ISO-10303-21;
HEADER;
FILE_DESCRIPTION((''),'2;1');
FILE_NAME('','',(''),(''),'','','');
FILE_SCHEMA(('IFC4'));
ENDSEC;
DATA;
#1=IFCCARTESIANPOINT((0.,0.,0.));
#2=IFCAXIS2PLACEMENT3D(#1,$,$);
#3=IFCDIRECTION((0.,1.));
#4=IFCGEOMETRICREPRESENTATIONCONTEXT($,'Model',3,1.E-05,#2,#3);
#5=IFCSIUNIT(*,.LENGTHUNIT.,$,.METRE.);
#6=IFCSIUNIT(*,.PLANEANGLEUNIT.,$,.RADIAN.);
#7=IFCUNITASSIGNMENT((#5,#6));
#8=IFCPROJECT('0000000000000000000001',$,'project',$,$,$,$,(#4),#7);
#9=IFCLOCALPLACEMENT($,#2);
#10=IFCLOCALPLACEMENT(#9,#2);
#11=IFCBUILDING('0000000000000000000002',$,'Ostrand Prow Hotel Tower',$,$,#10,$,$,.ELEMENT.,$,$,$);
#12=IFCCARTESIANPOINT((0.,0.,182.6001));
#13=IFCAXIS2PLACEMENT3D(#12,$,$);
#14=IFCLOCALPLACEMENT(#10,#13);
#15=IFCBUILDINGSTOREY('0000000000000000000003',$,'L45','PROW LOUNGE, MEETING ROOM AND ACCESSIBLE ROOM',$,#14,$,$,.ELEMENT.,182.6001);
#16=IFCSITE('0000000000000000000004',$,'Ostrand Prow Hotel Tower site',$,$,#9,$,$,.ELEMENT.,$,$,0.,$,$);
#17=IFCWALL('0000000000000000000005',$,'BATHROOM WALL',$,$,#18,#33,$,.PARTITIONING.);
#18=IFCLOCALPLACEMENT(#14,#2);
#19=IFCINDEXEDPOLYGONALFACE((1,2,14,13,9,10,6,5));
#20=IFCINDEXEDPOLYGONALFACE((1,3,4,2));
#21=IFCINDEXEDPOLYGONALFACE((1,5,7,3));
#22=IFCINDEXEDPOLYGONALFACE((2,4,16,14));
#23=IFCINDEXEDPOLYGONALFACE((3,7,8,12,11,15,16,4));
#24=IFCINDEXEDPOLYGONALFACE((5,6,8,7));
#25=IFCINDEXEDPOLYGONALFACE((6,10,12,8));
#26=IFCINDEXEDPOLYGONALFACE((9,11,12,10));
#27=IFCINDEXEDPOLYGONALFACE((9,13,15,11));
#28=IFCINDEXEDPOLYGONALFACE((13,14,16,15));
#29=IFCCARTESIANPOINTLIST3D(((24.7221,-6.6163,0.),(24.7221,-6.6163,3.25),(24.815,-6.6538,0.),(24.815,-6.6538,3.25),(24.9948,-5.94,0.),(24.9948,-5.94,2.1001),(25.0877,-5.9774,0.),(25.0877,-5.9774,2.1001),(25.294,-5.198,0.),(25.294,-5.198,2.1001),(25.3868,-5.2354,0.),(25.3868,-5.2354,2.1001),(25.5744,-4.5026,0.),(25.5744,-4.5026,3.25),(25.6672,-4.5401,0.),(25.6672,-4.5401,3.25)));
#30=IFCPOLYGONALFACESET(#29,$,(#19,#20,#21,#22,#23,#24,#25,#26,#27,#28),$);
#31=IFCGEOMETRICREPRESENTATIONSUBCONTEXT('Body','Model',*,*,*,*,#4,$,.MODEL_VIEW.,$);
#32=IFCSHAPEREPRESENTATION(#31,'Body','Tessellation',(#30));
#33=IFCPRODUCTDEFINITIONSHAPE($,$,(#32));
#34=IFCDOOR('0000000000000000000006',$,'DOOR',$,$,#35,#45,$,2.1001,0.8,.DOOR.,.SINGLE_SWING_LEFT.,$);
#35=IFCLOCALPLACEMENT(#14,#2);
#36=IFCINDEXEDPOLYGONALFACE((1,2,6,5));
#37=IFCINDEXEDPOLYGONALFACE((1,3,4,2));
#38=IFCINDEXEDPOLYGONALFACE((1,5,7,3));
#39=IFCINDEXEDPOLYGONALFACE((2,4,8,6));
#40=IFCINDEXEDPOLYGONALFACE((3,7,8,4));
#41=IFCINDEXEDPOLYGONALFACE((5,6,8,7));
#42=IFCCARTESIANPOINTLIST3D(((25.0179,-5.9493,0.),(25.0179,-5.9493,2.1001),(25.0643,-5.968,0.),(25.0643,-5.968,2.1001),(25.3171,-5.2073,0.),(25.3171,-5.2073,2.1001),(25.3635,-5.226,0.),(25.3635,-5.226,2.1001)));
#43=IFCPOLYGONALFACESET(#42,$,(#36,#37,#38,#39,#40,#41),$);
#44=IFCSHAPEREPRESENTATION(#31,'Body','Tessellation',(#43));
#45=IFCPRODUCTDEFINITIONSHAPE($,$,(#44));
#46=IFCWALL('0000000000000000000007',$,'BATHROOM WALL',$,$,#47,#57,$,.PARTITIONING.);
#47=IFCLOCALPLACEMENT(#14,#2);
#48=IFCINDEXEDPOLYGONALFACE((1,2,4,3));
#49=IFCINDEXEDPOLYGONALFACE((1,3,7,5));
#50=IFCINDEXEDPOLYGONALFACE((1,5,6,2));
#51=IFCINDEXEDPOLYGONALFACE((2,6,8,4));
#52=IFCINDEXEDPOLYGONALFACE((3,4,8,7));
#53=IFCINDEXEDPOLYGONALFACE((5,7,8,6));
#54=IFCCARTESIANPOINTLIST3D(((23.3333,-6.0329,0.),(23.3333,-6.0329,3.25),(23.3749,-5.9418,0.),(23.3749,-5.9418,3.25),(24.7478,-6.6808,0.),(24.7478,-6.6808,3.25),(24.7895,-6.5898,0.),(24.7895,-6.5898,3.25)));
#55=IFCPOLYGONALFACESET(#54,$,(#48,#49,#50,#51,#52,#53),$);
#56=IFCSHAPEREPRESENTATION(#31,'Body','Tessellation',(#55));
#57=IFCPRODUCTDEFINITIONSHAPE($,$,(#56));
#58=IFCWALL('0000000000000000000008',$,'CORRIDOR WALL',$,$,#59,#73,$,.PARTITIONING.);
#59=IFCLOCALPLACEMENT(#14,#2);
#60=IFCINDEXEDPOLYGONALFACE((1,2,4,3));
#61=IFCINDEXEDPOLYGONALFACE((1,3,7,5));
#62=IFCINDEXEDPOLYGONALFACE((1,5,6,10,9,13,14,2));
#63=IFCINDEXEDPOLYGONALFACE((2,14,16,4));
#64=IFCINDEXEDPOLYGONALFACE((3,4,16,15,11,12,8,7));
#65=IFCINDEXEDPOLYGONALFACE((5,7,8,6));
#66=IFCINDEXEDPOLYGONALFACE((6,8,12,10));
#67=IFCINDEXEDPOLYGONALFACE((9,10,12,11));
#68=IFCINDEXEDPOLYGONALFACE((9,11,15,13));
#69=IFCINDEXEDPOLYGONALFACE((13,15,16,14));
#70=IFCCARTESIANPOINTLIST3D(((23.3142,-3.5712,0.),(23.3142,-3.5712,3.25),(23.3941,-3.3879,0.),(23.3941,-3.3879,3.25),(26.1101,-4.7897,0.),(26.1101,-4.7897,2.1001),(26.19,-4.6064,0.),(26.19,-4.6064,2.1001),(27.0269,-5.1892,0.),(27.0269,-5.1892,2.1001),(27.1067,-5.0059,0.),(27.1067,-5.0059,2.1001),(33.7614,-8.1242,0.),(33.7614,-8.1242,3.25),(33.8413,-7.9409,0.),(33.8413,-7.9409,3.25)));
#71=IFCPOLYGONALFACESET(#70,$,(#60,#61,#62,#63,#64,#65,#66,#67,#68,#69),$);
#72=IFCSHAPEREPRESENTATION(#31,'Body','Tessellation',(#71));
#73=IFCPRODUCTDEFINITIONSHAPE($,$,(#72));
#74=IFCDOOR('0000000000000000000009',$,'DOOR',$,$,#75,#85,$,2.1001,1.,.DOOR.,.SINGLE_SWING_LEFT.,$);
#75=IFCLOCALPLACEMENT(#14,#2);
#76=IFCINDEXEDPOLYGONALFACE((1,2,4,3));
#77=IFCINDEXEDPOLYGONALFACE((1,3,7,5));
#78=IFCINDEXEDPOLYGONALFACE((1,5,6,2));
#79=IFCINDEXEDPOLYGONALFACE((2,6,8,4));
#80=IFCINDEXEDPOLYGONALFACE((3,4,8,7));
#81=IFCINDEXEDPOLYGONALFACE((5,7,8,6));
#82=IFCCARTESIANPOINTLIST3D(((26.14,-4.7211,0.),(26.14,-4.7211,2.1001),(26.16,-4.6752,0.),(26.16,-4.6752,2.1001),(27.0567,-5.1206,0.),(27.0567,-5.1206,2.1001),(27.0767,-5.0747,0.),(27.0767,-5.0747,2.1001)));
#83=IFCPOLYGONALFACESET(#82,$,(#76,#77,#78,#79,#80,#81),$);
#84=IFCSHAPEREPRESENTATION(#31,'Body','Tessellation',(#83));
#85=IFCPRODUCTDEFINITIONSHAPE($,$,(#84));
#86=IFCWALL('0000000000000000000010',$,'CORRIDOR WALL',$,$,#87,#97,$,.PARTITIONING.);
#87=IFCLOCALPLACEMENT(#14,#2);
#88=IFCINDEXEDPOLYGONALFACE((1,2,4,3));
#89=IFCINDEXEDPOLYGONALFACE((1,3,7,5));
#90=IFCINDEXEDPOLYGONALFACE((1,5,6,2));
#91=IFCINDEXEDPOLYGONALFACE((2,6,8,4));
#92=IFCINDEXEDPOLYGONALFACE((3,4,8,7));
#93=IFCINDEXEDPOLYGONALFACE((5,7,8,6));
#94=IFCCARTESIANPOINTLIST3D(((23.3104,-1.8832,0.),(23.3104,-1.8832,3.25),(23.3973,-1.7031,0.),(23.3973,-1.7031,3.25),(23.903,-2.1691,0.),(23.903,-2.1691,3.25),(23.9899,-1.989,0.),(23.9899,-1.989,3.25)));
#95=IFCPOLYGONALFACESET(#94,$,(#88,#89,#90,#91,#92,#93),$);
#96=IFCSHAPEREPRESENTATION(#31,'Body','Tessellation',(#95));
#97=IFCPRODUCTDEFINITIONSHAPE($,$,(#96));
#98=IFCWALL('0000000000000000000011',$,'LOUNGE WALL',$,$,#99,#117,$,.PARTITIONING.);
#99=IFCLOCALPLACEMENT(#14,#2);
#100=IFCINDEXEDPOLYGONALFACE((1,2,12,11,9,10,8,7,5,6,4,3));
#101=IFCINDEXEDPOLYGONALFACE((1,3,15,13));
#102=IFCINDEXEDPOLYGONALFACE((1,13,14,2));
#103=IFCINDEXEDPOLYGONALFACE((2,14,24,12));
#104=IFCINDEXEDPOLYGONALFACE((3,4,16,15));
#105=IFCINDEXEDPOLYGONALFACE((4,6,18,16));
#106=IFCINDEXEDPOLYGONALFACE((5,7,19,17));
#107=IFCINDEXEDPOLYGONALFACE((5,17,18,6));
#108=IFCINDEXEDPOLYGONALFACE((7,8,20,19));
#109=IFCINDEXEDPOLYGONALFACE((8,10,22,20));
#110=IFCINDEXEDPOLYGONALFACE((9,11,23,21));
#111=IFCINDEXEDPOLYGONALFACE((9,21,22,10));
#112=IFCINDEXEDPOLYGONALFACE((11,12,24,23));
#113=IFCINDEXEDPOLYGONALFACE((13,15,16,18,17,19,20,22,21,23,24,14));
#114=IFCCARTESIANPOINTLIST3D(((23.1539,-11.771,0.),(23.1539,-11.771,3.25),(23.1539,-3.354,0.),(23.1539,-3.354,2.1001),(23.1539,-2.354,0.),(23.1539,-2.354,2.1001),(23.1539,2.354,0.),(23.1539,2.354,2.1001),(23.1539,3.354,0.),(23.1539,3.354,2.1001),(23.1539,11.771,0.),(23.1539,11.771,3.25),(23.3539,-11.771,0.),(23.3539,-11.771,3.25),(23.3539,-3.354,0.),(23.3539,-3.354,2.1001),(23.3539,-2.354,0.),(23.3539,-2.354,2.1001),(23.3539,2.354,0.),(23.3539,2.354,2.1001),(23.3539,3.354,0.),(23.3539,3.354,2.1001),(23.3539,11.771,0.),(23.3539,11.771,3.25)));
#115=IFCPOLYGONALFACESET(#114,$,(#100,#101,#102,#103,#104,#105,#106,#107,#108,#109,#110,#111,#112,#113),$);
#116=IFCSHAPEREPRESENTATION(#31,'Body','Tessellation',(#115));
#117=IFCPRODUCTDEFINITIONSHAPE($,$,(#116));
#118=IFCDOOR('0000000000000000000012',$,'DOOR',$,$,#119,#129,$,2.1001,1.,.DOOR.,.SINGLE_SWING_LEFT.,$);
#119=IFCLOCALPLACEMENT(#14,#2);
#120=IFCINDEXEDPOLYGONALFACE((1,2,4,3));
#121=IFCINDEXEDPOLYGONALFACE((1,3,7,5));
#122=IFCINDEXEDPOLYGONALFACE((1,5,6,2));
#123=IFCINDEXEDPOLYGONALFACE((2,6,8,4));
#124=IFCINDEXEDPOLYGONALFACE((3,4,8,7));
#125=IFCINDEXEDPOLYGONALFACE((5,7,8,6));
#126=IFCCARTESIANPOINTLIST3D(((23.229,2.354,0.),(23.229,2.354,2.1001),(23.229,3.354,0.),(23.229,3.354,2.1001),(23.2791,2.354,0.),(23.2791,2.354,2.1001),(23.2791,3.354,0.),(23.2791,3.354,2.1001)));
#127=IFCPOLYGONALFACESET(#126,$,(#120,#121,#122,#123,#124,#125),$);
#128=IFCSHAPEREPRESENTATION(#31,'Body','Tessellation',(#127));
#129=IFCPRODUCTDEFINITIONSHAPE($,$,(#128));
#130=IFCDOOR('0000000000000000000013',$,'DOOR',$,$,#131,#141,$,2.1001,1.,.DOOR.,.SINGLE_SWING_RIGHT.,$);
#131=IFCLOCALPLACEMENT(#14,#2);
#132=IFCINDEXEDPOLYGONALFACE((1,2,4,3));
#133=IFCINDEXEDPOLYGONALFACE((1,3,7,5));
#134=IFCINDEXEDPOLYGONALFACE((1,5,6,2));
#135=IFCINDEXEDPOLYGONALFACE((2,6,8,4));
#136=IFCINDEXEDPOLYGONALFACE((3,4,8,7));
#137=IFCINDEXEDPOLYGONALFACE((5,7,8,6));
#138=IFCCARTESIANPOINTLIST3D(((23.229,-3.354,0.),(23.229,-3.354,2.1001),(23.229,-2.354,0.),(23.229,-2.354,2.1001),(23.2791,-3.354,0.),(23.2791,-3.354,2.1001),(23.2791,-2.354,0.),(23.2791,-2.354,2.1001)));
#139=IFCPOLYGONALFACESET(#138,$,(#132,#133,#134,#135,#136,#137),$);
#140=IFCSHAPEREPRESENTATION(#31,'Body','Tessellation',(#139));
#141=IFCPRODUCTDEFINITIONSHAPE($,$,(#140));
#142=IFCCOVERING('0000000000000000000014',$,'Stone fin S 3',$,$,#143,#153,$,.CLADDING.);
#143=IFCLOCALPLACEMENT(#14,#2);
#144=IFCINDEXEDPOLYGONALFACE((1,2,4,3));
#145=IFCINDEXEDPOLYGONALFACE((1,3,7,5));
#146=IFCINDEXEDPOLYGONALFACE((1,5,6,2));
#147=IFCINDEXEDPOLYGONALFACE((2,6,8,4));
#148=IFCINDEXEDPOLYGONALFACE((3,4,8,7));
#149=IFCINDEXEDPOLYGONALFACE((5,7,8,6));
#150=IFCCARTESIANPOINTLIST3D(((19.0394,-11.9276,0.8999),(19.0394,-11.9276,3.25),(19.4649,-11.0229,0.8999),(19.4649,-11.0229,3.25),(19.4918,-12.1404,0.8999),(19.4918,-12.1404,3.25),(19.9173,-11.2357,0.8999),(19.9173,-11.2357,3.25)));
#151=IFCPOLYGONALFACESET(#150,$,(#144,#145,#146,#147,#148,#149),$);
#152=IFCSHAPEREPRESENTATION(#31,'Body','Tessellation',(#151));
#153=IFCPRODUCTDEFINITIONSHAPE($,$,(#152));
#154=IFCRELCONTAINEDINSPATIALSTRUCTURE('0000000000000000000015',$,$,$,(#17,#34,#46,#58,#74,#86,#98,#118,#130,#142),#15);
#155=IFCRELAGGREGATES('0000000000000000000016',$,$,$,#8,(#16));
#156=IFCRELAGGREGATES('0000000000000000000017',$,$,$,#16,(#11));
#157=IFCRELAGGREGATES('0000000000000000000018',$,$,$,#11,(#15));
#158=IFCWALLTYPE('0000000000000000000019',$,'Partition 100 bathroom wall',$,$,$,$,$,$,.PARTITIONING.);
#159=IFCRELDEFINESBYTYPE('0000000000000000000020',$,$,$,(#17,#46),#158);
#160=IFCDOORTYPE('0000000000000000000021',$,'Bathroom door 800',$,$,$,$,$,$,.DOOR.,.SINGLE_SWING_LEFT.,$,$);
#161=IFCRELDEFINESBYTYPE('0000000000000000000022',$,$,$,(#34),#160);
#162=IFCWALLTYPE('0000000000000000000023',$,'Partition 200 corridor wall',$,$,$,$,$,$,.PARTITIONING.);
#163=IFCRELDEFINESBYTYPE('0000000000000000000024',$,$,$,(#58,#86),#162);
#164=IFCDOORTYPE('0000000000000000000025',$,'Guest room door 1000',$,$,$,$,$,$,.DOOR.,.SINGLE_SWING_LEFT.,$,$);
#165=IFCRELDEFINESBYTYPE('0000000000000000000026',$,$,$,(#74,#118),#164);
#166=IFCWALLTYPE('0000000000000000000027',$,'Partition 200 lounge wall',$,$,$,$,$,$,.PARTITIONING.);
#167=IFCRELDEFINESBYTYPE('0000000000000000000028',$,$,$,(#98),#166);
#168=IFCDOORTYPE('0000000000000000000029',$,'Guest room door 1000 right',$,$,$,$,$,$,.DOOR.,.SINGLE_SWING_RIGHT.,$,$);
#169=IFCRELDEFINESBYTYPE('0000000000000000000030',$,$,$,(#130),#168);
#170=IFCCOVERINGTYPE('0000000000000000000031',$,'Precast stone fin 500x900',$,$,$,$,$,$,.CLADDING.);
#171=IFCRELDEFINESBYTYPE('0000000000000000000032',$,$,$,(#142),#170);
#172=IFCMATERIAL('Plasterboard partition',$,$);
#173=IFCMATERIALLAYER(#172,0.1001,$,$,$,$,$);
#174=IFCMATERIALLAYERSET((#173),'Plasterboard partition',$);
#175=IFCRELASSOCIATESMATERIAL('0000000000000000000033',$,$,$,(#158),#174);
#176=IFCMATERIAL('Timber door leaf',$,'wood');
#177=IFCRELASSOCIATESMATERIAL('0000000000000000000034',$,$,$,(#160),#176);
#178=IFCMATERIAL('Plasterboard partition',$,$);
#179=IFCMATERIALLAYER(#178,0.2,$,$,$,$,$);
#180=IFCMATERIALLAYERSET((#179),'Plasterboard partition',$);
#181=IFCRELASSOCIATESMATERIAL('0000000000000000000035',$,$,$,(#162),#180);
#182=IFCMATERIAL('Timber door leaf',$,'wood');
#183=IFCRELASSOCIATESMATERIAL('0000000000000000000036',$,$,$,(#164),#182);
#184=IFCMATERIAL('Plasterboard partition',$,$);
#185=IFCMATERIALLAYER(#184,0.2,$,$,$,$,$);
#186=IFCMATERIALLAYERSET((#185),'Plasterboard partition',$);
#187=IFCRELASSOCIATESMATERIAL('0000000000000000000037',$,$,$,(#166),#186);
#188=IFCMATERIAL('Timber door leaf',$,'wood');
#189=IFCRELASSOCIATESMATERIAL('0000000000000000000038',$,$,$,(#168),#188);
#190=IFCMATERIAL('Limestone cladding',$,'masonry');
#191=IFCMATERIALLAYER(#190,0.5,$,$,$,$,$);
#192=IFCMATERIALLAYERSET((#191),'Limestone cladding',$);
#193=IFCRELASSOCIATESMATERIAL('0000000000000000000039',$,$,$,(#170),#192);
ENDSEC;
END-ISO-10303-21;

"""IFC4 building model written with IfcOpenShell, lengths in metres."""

from ifc_helpers import new_model, si_unit, direction, frame, frame_2d, origin, place, context, subcontext, project, spatial, rectangle, extrude, material, layer, layer_set, type_object, element, fill, save


model = new_model("IFC4")

# Units and contexts
model_context = context("Model", 3, precision=1e-05, world=origin(), true_north=direction((0.0, 1.0)))
body_context = subcontext(model_context, "Body", "Model", "MODEL_VIEW")
ifc_project = project(units=[si_unit("LENGTHUNIT", "METRE"), si_unit("PLANEANGLEUNIT", "RADIAN")], contexts=[model_context])

# Site, building, storey
site_placement = place(None, origin())
site = spatial("IfcSite", under=ifc_project, at=site_placement, Name="Ostrand Prow Hotel Tower site", CompositionType="ELEMENT", RefElevation=0.0)
building_placement = place(site_placement, origin())
building = spatial("IfcBuilding", under=site, at=building_placement, Name="Ostrand Prow Hotel Tower", CompositionType="ELEMENT")
storey_placement = place(building_placement, frame((0.0, 0.0, 182.6001)))
storey = spatial("IfcBuildingStorey", under=building, at=storey_placement, Name="L45", Description="PROW LOUNGE, MEETING ROOM AND ACCESSIBLE ROOM", CompositionType="ELEMENT", Elevation=182.6001)

# Wall, opening, door
ifc_material_1 = material(Name="Plasterboard partition")
ifc_layer_1 = layer(ifc_material_1, 0.1001)
ifc_layer_set_1 = layer_set([ifc_layer_1], Name="Plasterboard partition")
wall_type_1 = type_object("IfcWallType", Name="Partition 100 bathroom wall", PredefinedType="PARTITIONING", material=ifc_layer_set_1)
wall_1_placement = place(storey_placement, frame((25.6208, -4.5212, 0.0), z_axis=(0.0, 0.0, 1.0), x_axis=(-0.373956, -0.927446, 0.0)))
wall_1 = element("IfcWall", 1, at=wall_1_placement, inside=storey, type_object=wall_type_1, Name="BATHROOM WALL", PredefinedType="PARTITIONING", context=body_context, shape_type="SweptSolid", body=[
    extrude(rectangle(XDim=2.2791, YDim=0.1001, at=frame_2d((1.1396, 0.0))), origin(), (0.0, 0.0, 1.0), 3.25),
])
opening_1_placement = place(wall_1_placement, frame((0.75, 0.0, 0.0)))
opening_1 = element("IfcOpeningElement", 2, at=opening_1_placement, cuts=wall_1, PredefinedType="OPENING", context=body_context, shape_type="SweptSolid", body=[
    extrude(rectangle(XDim=0.8, YDim=2.1001, at=frame_2d((0.3999, 1.05))), frame((0.0, 0.0601, 0.0), z_axis=(0.0, -1.0, 0.0), x_axis=(1.0, 0.0, 0.0)), (0.0, 0.0, 1.0), 0.1201),
])
ifc_material_2 = material(Name="Timber door leaf", Category="wood")
door_type_1 = type_object("IfcDoorType", Name="Bathroom door 800", OperationType="SINGLE_SWING_LEFT", PredefinedType="DOOR", material=ifc_material_2)
door_1_placement = place(opening_1_placement, origin())
door_1 = element("IfcDoor", 3, at=door_1_placement, inside=storey, type_object=door_type_1, Name="DOOR", OperationType="SINGLE_SWING_LEFT", OverallHeight=2.1001, OverallWidth=0.8, PredefinedType="DOOR", context=body_context, shape_type="SweptSolid", body=[
    extrude(rectangle(XDim=0.8, YDim=2.1001, at=frame_2d((0.3999, 1.05))), frame((0.0, 0.0249, 0.0), z_axis=(0.0, -1.0, 0.0), x_axis=(1.0, 0.0, 0.0)), (0.0, 0.0, 1.0), 0.05),
])
fill(opening_1, door_1)

# Wall
wall_2_placement = place(storey_placement, frame((24.7686, -6.6353, 0.0), z_axis=(0.0, 0.0, 1.0), x_axis=(-0.909159, 0.416449, 0.0)))
element("IfcWall", 4, at=wall_2_placement, inside=storey, type_object=wall_type_1, Name="BATHROOM WALL", PredefinedType="PARTITIONING", context=body_context, shape_type="SweptSolid", body=[
    extrude(rectangle(XDim=1.5559, YDim=0.1001, at=frame_2d((0.7778, 0.0))), origin(), (0.0, 0.0, 1.0), 3.25),
])

# Wall, opening, door
ifc_material_3 = material(Name="Plasterboard partition")
ifc_layer_2 = layer(ifc_material_3, 0.2)
ifc_layer_set_2 = layer_set([ifc_layer_2], Name="Plasterboard partition")
wall_type_2 = type_object("IfcWallType", Name="Partition 200 corridor wall", PredefinedType="PARTITIONING", material=ifc_layer_set_2)
wall_3_placement = place(storey_placement, frame((23.354, -3.4795, 0.0), z_axis=(0.0, 0.0, 1.0), x_axis=(0.916727, -0.399515, 0.0)))
wall_3 = element("IfcWall", 5, at=wall_3_placement, inside=storey, type_object=wall_type_2, Name="CORRIDOR WALL", PredefinedType="PARTITIONING", context=body_context, shape_type="SweptSolid", body=[
    extrude(rectangle(XDim=11.3962, YDim=0.2, at=frame_2d((5.6982, 0.0))), origin(), (0.0, 0.0, 1.0), 3.25),
])
opening_2_placement = place(wall_3_placement, frame((3.05, 0.0, 0.0)))
opening_2 = element("IfcOpeningElement", 6, at=opening_2_placement, cuts=wall_3, PredefinedType="OPENING", context=body_context, shape_type="SweptSolid", body=[
    extrude(rectangle(XDim=1.0, YDim=2.1001, at=frame_2d((0.5, 1.05))), frame((0.0, 0.1099, 0.0), z_axis=(0.0, -1.0, 0.0), x_axis=(1.0, 0.0, 0.0)), (0.0, 0.0, 1.0), 0.22),
])
ifc_material_4 = material(Name="Timber door leaf", Category="wood")
door_type_2 = type_object("IfcDoorType", Name="Guest room door 1000", OperationType="SINGLE_SWING_LEFT", PredefinedType="DOOR", material=ifc_material_4)
door_2_placement = place(opening_2_placement, origin())
door_2 = element("IfcDoor", 7, at=door_2_placement, inside=storey, type_object=door_type_2, Name="DOOR", OperationType="SINGLE_SWING_LEFT", OverallHeight=2.1001, OverallWidth=1.0, PredefinedType="DOOR", context=body_context, shape_type="SweptSolid", body=[
    extrude(rectangle(XDim=1.0, YDim=2.1001, at=frame_2d((0.5, 1.05))), frame((0.0, 0.0249, 0.0), z_axis=(0.0, -1.0, 0.0), x_axis=(1.0, 0.0, 0.0)), (0.0, 0.0, 1.0), 0.05),
])
fill(opening_2, door_2)

# Wall
wall_4_placement = place(storey_placement, frame((23.9465, -2.0791, 0.0), z_axis=(0.0, 0.0, 1.0), x_axis=(-0.900647, 0.434552, 0.0)))
element("IfcWall", 8, at=wall_4_placement, inside=storey, type_object=wall_type_2, Name="CORRIDOR WALL", PredefinedType="PARTITIONING", context=body_context, shape_type="SweptSolid", body=[
    extrude(rectangle(XDim=0.658, YDim=0.2, at=frame_2d((0.3291, 0.0))), origin(), (0.0, 0.0, 1.0), 3.25),
])

# Wall, openings, doors
ifc_material_5 = material(Name="Plasterboard partition")
ifc_layer_3 = layer(ifc_material_5, 0.2)
ifc_layer_set_3 = layer_set([ifc_layer_3], Name="Plasterboard partition")
wall_type_3 = type_object("IfcWallType", Name="Partition 200 lounge wall", PredefinedType="PARTITIONING", material=ifc_layer_set_3)
wall_5_placement = place(storey_placement, frame((23.2539, -11.771, 0.0), z_axis=(0.0, 0.0, 1.0), x_axis=(0.0, 1.0, 0.0)))
wall_5 = element("IfcWall", 9, at=wall_5_placement, inside=storey, type_object=wall_type_3, Name="LOUNGE WALL", PredefinedType="PARTITIONING", context=body_context, shape_type="SweptSolid", body=[
    extrude(rectangle(XDim=23.542, YDim=0.2, at=frame_2d((11.771, 0.0))), origin(), (0.0, 0.0, 1.0), 3.25),
])
opening_3_placement = place(wall_5_placement, frame((14.125, 0.0, 0.0)))
opening_3 = element("IfcOpeningElement", 10, at=opening_3_placement, cuts=wall_5, PredefinedType="OPENING", context=body_context, shape_type="SweptSolid", body=[
    extrude(rectangle(XDim=1.0, YDim=2.1001, at=frame_2d((0.5, 1.05))), frame((0.0, 0.1099, 0.0), z_axis=(0.0, -1.0, 0.0), x_axis=(1.0, 0.0, 0.0)), (0.0, 0.0, 1.0), 0.22),
])
opening_4_placement = place(wall_5_placement, frame((8.417, 0.0, 0.0)))
opening_4 = element("IfcOpeningElement", 11, at=opening_4_placement, cuts=wall_5, PredefinedType="OPENING", context=body_context, shape_type="SweptSolid", body=[
    extrude(rectangle(XDim=1.0, YDim=2.1001, at=frame_2d((0.5, 1.05))), frame((0.0, 0.1099, 0.0), z_axis=(0.0, -1.0, 0.0), x_axis=(1.0, 0.0, 0.0)), (0.0, 0.0, 1.0), 0.22),
])
door_3_placement = place(opening_3_placement, origin())
door_3 = element("IfcDoor", 12, at=door_3_placement, inside=storey, type_object=door_type_2, Name="DOOR", OperationType="SINGLE_SWING_LEFT", OverallHeight=2.1001, OverallWidth=1.0, PredefinedType="DOOR", context=body_context, shape_type="SweptSolid", body=[
    extrude(rectangle(XDim=1.0, YDim=2.1001, at=frame_2d((0.5, 1.05))), frame((0.0, 0.0249, 0.0), z_axis=(0.0, -1.0, 0.0), x_axis=(1.0, 0.0, 0.0)), (0.0, 0.0, 1.0), 0.05),
])
fill(opening_3, door_3)
ifc_material_6 = material(Name="Timber door leaf", Category="wood")
door_type_3 = type_object("IfcDoorType", Name="Guest room door 1000 right", OperationType="SINGLE_SWING_RIGHT", PredefinedType="DOOR", material=ifc_material_6)
door_4_placement = place(opening_4_placement, origin())
door_4 = element("IfcDoor", 13, at=door_4_placement, inside=storey, type_object=door_type_3, Name="DOOR", OperationType="SINGLE_SWING_RIGHT", OverallHeight=2.1001, OverallWidth=1.0, PredefinedType="DOOR", context=body_context, shape_type="SweptSolid", body=[
    extrude(rectangle(XDim=1.0, YDim=2.1001, at=frame_2d((0.5, 1.05))), frame((0.0, 0.0249, 0.0), z_axis=(0.0, -1.0, 0.0), x_axis=(1.0, 0.0, 0.0)), (0.0, 0.0, 1.0), 0.05),
])
fill(opening_4, door_4)

# Covering
ifc_material_7 = material(Name="Limestone cladding", Category="masonry")
ifc_layer_4 = layer(ifc_material_7, 0.5)
ifc_layer_set_4 = layer_set([ifc_layer_4], Name="Limestone cladding")
covering_type = type_object("IfcCoveringType", Name="Precast stone fin 500x900", PredefinedType="CLADDING", material=ifc_layer_set_4)
covering_placement = place(storey_placement, frame((19.6912, -11.1292, 0.8999), z_axis=(0.0, 0.0, 1.0), x_axis=(-0.425597, -0.904913, 0.0)))
element("IfcCovering", 14, at=covering_placement, inside=storey, type_object=covering_type, Name="Stone fin S 3", PredefinedType="CLADDING", context=body_context, shape_type="SweptSolid", body=[
    extrude(rectangle(XDim=0.9998, YDim=0.5, at=frame_2d((0.5, 0.0))), origin(), (0.0, 0.0, 1.0), 2.3501),
])

save(model, "model.ifc")
